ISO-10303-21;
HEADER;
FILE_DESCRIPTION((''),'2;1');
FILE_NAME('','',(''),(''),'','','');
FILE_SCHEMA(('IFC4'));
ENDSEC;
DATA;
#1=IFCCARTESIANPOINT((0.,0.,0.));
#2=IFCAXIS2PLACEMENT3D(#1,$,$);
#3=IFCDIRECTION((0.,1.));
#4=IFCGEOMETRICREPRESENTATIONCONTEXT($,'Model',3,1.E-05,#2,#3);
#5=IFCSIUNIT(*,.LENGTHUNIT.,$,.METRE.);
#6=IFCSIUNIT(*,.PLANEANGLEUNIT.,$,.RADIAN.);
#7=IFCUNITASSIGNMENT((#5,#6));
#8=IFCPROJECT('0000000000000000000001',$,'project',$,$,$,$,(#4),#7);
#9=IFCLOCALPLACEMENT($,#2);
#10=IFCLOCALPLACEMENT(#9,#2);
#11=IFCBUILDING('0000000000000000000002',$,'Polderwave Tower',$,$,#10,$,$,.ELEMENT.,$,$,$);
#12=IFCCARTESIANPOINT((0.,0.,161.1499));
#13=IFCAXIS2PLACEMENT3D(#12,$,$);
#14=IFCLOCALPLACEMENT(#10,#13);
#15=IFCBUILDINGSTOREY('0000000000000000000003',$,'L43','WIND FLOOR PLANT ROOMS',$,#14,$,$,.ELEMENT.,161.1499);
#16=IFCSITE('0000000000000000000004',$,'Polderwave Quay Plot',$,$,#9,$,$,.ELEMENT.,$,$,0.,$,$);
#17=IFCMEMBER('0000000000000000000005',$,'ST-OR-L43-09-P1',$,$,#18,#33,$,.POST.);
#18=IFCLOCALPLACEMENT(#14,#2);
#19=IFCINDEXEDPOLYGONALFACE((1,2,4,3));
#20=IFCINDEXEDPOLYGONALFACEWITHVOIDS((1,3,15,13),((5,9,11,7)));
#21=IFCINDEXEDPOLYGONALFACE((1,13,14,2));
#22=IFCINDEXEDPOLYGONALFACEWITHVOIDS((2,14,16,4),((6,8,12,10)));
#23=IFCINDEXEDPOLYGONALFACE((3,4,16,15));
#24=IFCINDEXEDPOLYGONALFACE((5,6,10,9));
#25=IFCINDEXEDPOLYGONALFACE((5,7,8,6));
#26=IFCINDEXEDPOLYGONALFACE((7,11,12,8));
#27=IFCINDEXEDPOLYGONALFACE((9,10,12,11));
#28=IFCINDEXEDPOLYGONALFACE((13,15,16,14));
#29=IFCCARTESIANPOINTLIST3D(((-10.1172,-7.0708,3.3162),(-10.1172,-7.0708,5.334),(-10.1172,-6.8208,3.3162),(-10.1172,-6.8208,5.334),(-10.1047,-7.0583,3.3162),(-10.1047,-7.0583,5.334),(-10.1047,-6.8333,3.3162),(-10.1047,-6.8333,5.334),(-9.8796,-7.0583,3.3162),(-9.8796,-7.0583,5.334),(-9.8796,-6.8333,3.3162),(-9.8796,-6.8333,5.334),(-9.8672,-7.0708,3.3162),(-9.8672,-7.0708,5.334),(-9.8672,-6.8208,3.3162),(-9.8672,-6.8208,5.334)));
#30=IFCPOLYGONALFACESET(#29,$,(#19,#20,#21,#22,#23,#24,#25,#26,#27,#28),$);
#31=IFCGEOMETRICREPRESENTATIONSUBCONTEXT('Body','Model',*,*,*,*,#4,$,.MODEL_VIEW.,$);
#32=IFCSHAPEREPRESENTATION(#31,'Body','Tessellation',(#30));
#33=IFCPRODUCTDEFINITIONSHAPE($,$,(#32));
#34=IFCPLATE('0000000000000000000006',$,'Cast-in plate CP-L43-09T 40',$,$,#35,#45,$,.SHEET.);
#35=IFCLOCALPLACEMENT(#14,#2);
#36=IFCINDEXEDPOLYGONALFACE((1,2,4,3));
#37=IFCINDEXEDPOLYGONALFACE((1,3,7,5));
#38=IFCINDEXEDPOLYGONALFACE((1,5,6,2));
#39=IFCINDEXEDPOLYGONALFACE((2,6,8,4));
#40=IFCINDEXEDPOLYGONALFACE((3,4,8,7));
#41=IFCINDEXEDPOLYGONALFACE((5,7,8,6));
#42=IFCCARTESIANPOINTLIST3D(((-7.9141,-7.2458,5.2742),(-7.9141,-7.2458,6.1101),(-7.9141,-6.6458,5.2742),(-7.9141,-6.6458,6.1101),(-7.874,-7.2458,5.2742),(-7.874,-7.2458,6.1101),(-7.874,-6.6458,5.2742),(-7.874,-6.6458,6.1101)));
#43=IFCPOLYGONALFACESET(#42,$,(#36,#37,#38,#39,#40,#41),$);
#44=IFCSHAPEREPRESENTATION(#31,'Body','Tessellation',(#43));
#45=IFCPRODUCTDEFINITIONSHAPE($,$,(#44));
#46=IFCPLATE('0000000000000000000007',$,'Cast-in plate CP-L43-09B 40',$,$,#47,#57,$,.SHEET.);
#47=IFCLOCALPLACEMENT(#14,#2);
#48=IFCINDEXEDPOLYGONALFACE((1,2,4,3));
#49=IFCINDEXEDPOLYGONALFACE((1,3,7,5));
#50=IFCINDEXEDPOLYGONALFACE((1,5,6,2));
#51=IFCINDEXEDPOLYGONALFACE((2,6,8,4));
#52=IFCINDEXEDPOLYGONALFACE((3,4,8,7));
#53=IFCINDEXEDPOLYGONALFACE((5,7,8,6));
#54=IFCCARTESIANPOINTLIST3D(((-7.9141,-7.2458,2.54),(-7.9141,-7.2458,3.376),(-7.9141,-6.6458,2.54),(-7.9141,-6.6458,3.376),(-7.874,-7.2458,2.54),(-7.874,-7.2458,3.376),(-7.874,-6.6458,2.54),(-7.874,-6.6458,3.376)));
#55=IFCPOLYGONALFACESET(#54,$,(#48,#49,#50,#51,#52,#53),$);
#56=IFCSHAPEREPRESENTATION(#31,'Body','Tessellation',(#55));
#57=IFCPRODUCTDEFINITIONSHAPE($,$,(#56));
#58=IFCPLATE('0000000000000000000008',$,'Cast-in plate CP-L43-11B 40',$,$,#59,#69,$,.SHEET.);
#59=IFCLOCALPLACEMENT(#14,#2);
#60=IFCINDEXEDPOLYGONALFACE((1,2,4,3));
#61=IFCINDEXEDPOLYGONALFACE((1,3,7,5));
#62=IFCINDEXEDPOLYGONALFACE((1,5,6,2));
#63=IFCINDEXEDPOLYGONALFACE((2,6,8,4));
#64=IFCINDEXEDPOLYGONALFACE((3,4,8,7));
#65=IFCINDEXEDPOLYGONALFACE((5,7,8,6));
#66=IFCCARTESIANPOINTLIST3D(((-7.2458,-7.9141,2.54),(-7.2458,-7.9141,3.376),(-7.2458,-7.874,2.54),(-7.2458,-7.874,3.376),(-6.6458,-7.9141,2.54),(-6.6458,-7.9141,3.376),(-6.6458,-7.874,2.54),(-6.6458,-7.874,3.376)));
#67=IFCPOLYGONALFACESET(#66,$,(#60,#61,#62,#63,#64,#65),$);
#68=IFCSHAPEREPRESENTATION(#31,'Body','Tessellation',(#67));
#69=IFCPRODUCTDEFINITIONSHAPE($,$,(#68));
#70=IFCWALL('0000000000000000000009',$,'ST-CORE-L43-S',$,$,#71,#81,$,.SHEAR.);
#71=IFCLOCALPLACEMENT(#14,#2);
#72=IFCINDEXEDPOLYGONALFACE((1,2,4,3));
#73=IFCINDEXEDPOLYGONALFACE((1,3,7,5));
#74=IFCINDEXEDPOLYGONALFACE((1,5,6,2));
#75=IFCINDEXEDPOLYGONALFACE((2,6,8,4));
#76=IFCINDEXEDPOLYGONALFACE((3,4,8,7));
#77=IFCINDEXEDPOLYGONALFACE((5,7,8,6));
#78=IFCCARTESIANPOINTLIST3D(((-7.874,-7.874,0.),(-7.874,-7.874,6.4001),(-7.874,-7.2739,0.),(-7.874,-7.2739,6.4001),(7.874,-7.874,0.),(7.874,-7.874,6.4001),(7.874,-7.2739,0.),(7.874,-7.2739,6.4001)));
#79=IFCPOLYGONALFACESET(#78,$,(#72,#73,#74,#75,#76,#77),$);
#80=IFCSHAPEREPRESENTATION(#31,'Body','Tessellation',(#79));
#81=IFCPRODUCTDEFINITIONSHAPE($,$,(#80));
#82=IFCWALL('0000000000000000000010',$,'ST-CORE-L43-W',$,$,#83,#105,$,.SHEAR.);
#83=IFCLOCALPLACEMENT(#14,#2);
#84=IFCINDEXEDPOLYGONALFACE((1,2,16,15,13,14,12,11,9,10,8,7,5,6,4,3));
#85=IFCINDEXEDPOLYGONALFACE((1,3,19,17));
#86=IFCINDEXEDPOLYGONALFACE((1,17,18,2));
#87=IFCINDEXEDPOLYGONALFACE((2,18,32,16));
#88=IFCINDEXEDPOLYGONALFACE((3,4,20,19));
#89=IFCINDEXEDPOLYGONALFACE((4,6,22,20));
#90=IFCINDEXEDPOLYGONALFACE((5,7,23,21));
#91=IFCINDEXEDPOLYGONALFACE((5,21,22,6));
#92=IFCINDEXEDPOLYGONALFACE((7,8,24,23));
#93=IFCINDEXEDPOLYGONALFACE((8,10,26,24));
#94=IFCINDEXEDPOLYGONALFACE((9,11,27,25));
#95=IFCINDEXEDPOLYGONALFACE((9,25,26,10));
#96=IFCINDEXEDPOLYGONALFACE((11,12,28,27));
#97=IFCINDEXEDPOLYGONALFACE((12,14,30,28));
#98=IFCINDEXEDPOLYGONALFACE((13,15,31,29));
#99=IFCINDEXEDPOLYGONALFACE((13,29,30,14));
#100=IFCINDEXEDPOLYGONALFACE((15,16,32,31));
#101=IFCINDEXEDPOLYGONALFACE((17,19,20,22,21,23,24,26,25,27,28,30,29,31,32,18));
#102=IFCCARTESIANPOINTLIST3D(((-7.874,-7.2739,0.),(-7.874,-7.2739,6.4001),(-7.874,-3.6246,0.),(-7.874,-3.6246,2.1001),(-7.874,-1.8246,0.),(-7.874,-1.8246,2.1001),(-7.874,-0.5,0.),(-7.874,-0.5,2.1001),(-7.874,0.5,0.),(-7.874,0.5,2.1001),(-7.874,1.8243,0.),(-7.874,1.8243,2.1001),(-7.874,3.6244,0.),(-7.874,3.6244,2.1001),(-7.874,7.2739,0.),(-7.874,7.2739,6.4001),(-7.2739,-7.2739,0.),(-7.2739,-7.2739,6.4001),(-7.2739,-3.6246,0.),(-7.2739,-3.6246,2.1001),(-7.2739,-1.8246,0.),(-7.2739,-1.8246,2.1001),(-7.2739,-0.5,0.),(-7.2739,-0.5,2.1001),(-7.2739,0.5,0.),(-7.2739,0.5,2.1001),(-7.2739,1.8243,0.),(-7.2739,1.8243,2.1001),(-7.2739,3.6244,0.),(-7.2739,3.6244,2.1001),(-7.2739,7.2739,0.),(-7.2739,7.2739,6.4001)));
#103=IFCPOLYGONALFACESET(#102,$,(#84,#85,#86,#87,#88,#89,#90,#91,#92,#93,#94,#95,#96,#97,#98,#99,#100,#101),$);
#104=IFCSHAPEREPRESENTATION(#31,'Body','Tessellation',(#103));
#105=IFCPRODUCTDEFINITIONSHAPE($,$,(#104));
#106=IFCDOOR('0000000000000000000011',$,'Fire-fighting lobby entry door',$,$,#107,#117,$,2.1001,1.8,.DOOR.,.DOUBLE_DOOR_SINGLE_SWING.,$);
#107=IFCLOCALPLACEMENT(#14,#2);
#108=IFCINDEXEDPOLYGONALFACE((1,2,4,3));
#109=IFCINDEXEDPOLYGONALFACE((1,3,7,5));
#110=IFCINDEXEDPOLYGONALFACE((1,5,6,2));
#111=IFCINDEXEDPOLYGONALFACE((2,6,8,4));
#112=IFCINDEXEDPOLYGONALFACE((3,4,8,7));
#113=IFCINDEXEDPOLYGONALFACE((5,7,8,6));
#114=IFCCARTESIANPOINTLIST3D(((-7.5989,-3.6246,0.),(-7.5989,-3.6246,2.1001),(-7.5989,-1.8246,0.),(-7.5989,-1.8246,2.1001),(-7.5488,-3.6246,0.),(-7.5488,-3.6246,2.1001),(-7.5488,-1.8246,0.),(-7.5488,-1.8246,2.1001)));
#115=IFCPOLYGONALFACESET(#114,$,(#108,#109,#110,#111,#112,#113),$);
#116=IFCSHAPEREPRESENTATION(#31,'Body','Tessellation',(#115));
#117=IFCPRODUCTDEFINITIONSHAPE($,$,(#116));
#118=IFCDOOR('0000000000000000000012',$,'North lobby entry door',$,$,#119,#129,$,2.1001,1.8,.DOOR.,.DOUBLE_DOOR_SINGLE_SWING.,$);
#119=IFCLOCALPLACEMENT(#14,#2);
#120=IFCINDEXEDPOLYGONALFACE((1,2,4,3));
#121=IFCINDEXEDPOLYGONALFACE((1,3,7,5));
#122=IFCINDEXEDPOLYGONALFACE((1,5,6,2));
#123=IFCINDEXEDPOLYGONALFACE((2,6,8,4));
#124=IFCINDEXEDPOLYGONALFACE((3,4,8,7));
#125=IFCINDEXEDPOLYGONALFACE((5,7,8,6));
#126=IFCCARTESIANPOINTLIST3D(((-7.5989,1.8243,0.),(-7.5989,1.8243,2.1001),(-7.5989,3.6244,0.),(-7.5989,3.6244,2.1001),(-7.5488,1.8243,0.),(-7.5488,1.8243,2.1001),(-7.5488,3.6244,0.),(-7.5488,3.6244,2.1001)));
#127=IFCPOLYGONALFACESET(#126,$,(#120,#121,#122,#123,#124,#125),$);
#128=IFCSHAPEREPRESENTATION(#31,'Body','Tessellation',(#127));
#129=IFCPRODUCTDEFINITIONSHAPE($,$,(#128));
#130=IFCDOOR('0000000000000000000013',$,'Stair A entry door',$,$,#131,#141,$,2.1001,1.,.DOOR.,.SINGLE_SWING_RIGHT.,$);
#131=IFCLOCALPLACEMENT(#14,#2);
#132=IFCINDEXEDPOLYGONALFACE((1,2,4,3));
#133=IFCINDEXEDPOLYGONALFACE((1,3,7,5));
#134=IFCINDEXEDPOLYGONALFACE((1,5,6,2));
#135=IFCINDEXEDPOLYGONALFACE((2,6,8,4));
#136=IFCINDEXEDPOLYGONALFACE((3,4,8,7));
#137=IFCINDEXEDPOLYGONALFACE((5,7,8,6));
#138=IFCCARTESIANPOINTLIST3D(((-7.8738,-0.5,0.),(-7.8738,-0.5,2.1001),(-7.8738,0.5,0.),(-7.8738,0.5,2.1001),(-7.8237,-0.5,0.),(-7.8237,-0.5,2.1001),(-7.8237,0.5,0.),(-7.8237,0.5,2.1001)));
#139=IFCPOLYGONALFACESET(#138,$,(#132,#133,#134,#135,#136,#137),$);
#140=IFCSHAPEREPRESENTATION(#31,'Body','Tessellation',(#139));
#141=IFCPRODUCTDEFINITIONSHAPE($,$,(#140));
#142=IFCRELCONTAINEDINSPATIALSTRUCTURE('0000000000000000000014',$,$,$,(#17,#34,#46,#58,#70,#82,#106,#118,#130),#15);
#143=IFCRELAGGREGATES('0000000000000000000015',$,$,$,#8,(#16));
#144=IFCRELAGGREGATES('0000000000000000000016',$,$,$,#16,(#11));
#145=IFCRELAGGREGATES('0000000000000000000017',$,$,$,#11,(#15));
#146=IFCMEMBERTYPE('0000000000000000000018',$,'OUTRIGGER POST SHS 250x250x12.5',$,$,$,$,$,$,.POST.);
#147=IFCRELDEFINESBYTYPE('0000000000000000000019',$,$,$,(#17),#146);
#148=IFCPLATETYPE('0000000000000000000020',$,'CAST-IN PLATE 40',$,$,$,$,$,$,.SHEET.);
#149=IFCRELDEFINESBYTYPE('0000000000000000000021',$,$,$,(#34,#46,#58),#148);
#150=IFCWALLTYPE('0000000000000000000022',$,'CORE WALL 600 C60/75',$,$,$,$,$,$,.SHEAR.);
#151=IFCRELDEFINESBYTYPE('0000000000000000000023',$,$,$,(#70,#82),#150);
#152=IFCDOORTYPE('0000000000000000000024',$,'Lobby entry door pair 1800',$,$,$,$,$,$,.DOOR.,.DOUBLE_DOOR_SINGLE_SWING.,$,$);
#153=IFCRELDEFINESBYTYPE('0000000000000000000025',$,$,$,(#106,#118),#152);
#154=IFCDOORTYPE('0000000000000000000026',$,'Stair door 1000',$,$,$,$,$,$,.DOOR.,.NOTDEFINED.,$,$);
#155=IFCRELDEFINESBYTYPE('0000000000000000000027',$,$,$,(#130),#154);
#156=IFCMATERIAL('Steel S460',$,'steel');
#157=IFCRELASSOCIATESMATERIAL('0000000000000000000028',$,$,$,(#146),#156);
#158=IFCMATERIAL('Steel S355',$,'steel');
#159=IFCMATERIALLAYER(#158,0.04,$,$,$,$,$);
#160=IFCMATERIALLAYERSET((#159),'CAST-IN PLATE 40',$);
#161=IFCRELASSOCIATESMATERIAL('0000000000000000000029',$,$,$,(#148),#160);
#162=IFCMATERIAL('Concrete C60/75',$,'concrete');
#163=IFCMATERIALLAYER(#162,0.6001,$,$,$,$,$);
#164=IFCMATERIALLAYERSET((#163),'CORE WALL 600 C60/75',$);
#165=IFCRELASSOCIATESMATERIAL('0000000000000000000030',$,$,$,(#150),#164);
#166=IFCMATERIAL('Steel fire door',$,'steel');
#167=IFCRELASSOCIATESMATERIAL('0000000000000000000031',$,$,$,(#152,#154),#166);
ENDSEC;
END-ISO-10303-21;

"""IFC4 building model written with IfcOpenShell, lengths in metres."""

from ifc_helpers import new_model, si_unit, direction, frame, frame_2d, origin, origin_2d, place, context, subcontext, project, spatial, rectangle, hollow_rectangle, extrude, material, layer, layer_set, material_profile, profile_set, type_object, element, fill, save


model = new_model("IFC4")

# Units and contexts
model_context = context("Model", 3, precision=1e-05, world=origin(), true_north=direction((0.0, 1.0)))
body_context = subcontext(model_context, "Body", "Model", "MODEL_VIEW")
ifc_project = project(units=[si_unit("LENGTHUNIT", "METRE"), si_unit("PLANEANGLEUNIT", "RADIAN")], contexts=[model_context])

# Site, building, storey
site_placement = place(None, origin())
site = spatial("IfcSite", under=ifc_project, at=site_placement, Name="Polderwave Quay Plot", CompositionType="ELEMENT", RefElevation=0.0)
building_placement = place(site_placement, origin())
building = spatial("IfcBuilding", under=site, at=building_placement, Name="Polderwave Tower", CompositionType="ELEMENT")
storey_placement = place(building_placement, frame((0.0, 0.0, 161.1499)))
storey = spatial("IfcBuildingStorey", under=building, at=storey_placement, Name="L43", Description="WIND FLOOR PLANT ROOMS", CompositionType="ELEMENT", Elevation=161.1499)

# Member
ifc_material_1 = material(Name="Steel S460", Category="steel")
ifc_material_profile_1 = material_profile(ifc_material_1, hollow_rectangle(XDim=0.25, YDim=0.25, WallThickness=0.0125, at=origin_2d()), Name="SHS 250x250x12.5")
ifc_profile_set_1 = profile_set([ifc_material_profile_1], Name="Steel S460")
member_type_1 = type_object("IfcMemberType", Name="OUTRIGGER POST SHS 250x250x12.5", PredefinedType="POST", material=ifc_profile_set_1)
member_placement = place(storey_placement, frame((-9.9922, -6.9458, 3.3162), z_axis=(0.0, 0.0, 1.0), x_axis=(1.0, 0.0, 0.0)))
element("IfcMember", 1, at=member_placement, inside=storey, type_object=member_type_1, Name="ST-OR-L43-09-P1", PredefinedType="POST", context=body_context, shape_type="SweptSolid", body=[
    extrude(hollow_rectangle(XDim=0.25, YDim=0.25, WallThickness=0.0125, at=origin_2d()), origin(), (0.0, 0.0, 1.0), 2.0178),
])

# Plates
ifc_material_2 = material(Name="Steel S355", Category="steel")
ifc_layer_1 = layer(ifc_material_2, 0.04)
ifc_layer_set_1 = layer_set([ifc_layer_1], Name="CAST-IN PLATE 40")
plate_type = type_object("IfcPlateType", Name="CAST-IN PLATE 40", PredefinedType="SHEET", material=ifc_layer_set_1)
for number, where, z_axis, x_axis, name in (
    (2, (-7.894, -6.9458, 5.2742), (0.0, 0.0, 1.0), (1.0, 0.0, 0.0), "Cast-in plate CP-L43-09T 40"),
    (3, (-7.894, -6.9458, 2.54), (0.0, 0.0, 1.0), (1.0, 0.0, 0.0), "Cast-in plate CP-L43-09B 40"),
    (4, (-6.9458, -7.894, 2.54), (0.0, 0.0, 1.0), (0.0, 1.0, 0.0), "Cast-in plate CP-L43-11B 40"),
):
    element("IfcPlate", number, at=place(storey_placement, frame(where, z_axis=z_axis, x_axis=x_axis)), inside=storey, type_object=plate_type, Name=name, PredefinedType="SHEET", context=body_context, shape_type="SweptSolid", body=[
        extrude(rectangle(XDim=0.04, YDim=0.6001, at=origin_2d()), origin(), (0.0, 0.0, 1.0), 0.8359),
    ])

# Wall
ifc_material_3 = material(Name="Concrete C60/75", Category="concrete")
ifc_layer_2 = layer(ifc_material_3, 0.6001)
ifc_layer_set_2 = layer_set([ifc_layer_2], Name="CORE WALL 600 C60/75")
wall_type_1 = type_object("IfcWallType", Name="CORE WALL 600 C60/75", PredefinedType="SHEAR", material=ifc_layer_set_2)
wall_1_placement = place(storey_placement, frame((-7.874, -7.574, 0.0), z_axis=(0.0, 0.0, 1.0), x_axis=(1.0, 0.0, 0.0)))
element("IfcWall", 5, at=wall_1_placement, inside=storey, type_object=wall_type_1, Name="ST-CORE-L43-S", PredefinedType="SHEAR", context=body_context, shape_type="SweptSolid", body=[
    extrude(rectangle(XDim=15.748, YDim=0.6001, at=frame_2d((7.874, 0.0))), origin(), (0.0, 0.0, 1.0), 6.4001),
])

# Wall, openings, doors
wall_2_placement = place(storey_placement, frame((-7.574, -7.2739, 0.0), z_axis=(0.0, 0.0, 1.0), x_axis=(0.0, 1.0, 0.0)))
wall_2 = element("IfcWall", 6, at=wall_2_placement, inside=storey, type_object=wall_type_1, Name="ST-CORE-L43-W", PredefinedType="SHEAR", context=body_context, shape_type="SweptSolid", body=[
    extrude(rectangle(XDim=14.5479, YDim=0.6001, at=frame_2d((7.2739, 0.0))), origin(), (0.0, 0.0, 1.0), 6.4001),
])
opening_1_placement = place(wall_2_placement, frame((6.7739, 0.0, 0.0)))
opening_1 = element("IfcOpeningElement", 7, at=opening_1_placement, cuts=wall_2, PredefinedType="OPENING", context=body_context, shape_type="SweptSolid", body=[
    extrude(rectangle(XDim=1.0, YDim=2.1001, at=frame_2d((0.5, 1.05))), frame((0.0, 0.3101, 0.0), z_axis=(0.0, -1.0, 0.0), x_axis=(1.0, 0.0, 0.0)), (0.0, 0.0, 1.0), 0.6201),
])
opening_2_placement = place(wall_2_placement, frame((3.6494, 0.0, 0.0)))
opening_2 = element("IfcOpeningElement", 8, at=opening_2_placement, cuts=wall_2, PredefinedType="OPENING", context=body_context, shape_type="SweptSolid", body=[
    extrude(rectangle(XDim=1.8, YDim=2.1001, at=frame_2d((0.8999, 1.05))), frame((0.0, 0.3101, 0.0), z_axis=(0.0, -1.0, 0.0), x_axis=(1.0, 0.0, 0.0)), (0.0, 0.0, 1.0), 0.6201),
])
opening_3_placement = place(wall_2_placement, frame((9.0984, 0.0, 0.0)))
opening_3 = element("IfcOpeningElement", 9, at=opening_3_placement, cuts=wall_2, PredefinedType="OPENING", context=body_context, shape_type="SweptSolid", body=[
    extrude(rectangle(XDim=1.8, YDim=2.1001, at=frame_2d((0.8999, 1.05))), frame((0.0, 0.3101, 0.0), z_axis=(0.0, -1.0, 0.0), x_axis=(1.0, 0.0, 0.0)), (0.0, 0.0, 1.0), 0.6201),
])
ifc_material_4 = material(Name="Steel fire door", Category="steel")
door_type_1 = type_object("IfcDoorType", Name="Lobby entry door pair 1800", OperationType="DOUBLE_DOOR_SINGLE_SWING", PredefinedType="DOOR", material=ifc_material_4)
door_1_placement = place(opening_2_placement, origin())
door_1 = element("IfcDoor", 10, at=door_1_placement, inside=storey, type_object=door_type_1, Name="Fire-fighting lobby entry door", OperationType="DOUBLE_DOOR_SINGLE_SWING", OverallHeight=2.1001, OverallWidth=1.8, PredefinedType="DOOR", context=body_context, shape_type="SweptSolid", body=[
    extrude(rectangle(XDim=1.8, YDim=2.1001, at=frame_2d((0.8999, 1.05))), frame((0.0, 0.0249, 0.0), z_axis=(0.0, -1.0, 0.0), x_axis=(1.0, 0.0, 0.0)), (0.0, 0.0, 1.0), 0.05),
])
fill(opening_2, door_1)
door_2_placement = place(opening_3_placement, origin())
door_2 = element("IfcDoor", 11, at=door_2_placement, inside=storey, type_object=door_type_1, Name="North lobby entry door", OperationType="DOUBLE_DOOR_SINGLE_SWING", OverallHeight=2.1001, OverallWidth=1.8, PredefinedType="DOOR", context=body_context, shape_type="SweptSolid", body=[
    extrude(rectangle(XDim=1.8, YDim=2.1001, at=frame_2d((0.8999, 1.05))), frame((0.0, 0.0249, 0.0), z_axis=(0.0, -1.0, 0.0), x_axis=(1.0, 0.0, 0.0)), (0.0, 0.0, 1.0), 0.05),
])
fill(opening_3, door_2)
door_type_2 = type_object("IfcDoorType", Name="Stair door 1000", OperationType="NOTDEFINED", PredefinedType="DOOR", material=ifc_material_4)
door_3_placement = place(opening_1_placement, origin())
door_3 = element("IfcDoor", 12, at=door_3_placement, inside=storey, type_object=door_type_2, Name="Stair A entry door", OperationType="SINGLE_SWING_RIGHT", OverallHeight=2.1001, OverallWidth=1.0, PredefinedType="DOOR", context=body_context, shape_type="SweptSolid", body=[
    extrude(rectangle(XDim=1.0, YDim=2.1001, at=frame_2d((0.5, 1.05))), frame((0.0, 0.2998, 0.0), z_axis=(0.0, -1.0, 0.0), x_axis=(1.0, 0.0, 0.0)), (0.0, 0.0, 1.0), 0.05),
])
fill(opening_1, door_3)

save(model, "model.ifc")
